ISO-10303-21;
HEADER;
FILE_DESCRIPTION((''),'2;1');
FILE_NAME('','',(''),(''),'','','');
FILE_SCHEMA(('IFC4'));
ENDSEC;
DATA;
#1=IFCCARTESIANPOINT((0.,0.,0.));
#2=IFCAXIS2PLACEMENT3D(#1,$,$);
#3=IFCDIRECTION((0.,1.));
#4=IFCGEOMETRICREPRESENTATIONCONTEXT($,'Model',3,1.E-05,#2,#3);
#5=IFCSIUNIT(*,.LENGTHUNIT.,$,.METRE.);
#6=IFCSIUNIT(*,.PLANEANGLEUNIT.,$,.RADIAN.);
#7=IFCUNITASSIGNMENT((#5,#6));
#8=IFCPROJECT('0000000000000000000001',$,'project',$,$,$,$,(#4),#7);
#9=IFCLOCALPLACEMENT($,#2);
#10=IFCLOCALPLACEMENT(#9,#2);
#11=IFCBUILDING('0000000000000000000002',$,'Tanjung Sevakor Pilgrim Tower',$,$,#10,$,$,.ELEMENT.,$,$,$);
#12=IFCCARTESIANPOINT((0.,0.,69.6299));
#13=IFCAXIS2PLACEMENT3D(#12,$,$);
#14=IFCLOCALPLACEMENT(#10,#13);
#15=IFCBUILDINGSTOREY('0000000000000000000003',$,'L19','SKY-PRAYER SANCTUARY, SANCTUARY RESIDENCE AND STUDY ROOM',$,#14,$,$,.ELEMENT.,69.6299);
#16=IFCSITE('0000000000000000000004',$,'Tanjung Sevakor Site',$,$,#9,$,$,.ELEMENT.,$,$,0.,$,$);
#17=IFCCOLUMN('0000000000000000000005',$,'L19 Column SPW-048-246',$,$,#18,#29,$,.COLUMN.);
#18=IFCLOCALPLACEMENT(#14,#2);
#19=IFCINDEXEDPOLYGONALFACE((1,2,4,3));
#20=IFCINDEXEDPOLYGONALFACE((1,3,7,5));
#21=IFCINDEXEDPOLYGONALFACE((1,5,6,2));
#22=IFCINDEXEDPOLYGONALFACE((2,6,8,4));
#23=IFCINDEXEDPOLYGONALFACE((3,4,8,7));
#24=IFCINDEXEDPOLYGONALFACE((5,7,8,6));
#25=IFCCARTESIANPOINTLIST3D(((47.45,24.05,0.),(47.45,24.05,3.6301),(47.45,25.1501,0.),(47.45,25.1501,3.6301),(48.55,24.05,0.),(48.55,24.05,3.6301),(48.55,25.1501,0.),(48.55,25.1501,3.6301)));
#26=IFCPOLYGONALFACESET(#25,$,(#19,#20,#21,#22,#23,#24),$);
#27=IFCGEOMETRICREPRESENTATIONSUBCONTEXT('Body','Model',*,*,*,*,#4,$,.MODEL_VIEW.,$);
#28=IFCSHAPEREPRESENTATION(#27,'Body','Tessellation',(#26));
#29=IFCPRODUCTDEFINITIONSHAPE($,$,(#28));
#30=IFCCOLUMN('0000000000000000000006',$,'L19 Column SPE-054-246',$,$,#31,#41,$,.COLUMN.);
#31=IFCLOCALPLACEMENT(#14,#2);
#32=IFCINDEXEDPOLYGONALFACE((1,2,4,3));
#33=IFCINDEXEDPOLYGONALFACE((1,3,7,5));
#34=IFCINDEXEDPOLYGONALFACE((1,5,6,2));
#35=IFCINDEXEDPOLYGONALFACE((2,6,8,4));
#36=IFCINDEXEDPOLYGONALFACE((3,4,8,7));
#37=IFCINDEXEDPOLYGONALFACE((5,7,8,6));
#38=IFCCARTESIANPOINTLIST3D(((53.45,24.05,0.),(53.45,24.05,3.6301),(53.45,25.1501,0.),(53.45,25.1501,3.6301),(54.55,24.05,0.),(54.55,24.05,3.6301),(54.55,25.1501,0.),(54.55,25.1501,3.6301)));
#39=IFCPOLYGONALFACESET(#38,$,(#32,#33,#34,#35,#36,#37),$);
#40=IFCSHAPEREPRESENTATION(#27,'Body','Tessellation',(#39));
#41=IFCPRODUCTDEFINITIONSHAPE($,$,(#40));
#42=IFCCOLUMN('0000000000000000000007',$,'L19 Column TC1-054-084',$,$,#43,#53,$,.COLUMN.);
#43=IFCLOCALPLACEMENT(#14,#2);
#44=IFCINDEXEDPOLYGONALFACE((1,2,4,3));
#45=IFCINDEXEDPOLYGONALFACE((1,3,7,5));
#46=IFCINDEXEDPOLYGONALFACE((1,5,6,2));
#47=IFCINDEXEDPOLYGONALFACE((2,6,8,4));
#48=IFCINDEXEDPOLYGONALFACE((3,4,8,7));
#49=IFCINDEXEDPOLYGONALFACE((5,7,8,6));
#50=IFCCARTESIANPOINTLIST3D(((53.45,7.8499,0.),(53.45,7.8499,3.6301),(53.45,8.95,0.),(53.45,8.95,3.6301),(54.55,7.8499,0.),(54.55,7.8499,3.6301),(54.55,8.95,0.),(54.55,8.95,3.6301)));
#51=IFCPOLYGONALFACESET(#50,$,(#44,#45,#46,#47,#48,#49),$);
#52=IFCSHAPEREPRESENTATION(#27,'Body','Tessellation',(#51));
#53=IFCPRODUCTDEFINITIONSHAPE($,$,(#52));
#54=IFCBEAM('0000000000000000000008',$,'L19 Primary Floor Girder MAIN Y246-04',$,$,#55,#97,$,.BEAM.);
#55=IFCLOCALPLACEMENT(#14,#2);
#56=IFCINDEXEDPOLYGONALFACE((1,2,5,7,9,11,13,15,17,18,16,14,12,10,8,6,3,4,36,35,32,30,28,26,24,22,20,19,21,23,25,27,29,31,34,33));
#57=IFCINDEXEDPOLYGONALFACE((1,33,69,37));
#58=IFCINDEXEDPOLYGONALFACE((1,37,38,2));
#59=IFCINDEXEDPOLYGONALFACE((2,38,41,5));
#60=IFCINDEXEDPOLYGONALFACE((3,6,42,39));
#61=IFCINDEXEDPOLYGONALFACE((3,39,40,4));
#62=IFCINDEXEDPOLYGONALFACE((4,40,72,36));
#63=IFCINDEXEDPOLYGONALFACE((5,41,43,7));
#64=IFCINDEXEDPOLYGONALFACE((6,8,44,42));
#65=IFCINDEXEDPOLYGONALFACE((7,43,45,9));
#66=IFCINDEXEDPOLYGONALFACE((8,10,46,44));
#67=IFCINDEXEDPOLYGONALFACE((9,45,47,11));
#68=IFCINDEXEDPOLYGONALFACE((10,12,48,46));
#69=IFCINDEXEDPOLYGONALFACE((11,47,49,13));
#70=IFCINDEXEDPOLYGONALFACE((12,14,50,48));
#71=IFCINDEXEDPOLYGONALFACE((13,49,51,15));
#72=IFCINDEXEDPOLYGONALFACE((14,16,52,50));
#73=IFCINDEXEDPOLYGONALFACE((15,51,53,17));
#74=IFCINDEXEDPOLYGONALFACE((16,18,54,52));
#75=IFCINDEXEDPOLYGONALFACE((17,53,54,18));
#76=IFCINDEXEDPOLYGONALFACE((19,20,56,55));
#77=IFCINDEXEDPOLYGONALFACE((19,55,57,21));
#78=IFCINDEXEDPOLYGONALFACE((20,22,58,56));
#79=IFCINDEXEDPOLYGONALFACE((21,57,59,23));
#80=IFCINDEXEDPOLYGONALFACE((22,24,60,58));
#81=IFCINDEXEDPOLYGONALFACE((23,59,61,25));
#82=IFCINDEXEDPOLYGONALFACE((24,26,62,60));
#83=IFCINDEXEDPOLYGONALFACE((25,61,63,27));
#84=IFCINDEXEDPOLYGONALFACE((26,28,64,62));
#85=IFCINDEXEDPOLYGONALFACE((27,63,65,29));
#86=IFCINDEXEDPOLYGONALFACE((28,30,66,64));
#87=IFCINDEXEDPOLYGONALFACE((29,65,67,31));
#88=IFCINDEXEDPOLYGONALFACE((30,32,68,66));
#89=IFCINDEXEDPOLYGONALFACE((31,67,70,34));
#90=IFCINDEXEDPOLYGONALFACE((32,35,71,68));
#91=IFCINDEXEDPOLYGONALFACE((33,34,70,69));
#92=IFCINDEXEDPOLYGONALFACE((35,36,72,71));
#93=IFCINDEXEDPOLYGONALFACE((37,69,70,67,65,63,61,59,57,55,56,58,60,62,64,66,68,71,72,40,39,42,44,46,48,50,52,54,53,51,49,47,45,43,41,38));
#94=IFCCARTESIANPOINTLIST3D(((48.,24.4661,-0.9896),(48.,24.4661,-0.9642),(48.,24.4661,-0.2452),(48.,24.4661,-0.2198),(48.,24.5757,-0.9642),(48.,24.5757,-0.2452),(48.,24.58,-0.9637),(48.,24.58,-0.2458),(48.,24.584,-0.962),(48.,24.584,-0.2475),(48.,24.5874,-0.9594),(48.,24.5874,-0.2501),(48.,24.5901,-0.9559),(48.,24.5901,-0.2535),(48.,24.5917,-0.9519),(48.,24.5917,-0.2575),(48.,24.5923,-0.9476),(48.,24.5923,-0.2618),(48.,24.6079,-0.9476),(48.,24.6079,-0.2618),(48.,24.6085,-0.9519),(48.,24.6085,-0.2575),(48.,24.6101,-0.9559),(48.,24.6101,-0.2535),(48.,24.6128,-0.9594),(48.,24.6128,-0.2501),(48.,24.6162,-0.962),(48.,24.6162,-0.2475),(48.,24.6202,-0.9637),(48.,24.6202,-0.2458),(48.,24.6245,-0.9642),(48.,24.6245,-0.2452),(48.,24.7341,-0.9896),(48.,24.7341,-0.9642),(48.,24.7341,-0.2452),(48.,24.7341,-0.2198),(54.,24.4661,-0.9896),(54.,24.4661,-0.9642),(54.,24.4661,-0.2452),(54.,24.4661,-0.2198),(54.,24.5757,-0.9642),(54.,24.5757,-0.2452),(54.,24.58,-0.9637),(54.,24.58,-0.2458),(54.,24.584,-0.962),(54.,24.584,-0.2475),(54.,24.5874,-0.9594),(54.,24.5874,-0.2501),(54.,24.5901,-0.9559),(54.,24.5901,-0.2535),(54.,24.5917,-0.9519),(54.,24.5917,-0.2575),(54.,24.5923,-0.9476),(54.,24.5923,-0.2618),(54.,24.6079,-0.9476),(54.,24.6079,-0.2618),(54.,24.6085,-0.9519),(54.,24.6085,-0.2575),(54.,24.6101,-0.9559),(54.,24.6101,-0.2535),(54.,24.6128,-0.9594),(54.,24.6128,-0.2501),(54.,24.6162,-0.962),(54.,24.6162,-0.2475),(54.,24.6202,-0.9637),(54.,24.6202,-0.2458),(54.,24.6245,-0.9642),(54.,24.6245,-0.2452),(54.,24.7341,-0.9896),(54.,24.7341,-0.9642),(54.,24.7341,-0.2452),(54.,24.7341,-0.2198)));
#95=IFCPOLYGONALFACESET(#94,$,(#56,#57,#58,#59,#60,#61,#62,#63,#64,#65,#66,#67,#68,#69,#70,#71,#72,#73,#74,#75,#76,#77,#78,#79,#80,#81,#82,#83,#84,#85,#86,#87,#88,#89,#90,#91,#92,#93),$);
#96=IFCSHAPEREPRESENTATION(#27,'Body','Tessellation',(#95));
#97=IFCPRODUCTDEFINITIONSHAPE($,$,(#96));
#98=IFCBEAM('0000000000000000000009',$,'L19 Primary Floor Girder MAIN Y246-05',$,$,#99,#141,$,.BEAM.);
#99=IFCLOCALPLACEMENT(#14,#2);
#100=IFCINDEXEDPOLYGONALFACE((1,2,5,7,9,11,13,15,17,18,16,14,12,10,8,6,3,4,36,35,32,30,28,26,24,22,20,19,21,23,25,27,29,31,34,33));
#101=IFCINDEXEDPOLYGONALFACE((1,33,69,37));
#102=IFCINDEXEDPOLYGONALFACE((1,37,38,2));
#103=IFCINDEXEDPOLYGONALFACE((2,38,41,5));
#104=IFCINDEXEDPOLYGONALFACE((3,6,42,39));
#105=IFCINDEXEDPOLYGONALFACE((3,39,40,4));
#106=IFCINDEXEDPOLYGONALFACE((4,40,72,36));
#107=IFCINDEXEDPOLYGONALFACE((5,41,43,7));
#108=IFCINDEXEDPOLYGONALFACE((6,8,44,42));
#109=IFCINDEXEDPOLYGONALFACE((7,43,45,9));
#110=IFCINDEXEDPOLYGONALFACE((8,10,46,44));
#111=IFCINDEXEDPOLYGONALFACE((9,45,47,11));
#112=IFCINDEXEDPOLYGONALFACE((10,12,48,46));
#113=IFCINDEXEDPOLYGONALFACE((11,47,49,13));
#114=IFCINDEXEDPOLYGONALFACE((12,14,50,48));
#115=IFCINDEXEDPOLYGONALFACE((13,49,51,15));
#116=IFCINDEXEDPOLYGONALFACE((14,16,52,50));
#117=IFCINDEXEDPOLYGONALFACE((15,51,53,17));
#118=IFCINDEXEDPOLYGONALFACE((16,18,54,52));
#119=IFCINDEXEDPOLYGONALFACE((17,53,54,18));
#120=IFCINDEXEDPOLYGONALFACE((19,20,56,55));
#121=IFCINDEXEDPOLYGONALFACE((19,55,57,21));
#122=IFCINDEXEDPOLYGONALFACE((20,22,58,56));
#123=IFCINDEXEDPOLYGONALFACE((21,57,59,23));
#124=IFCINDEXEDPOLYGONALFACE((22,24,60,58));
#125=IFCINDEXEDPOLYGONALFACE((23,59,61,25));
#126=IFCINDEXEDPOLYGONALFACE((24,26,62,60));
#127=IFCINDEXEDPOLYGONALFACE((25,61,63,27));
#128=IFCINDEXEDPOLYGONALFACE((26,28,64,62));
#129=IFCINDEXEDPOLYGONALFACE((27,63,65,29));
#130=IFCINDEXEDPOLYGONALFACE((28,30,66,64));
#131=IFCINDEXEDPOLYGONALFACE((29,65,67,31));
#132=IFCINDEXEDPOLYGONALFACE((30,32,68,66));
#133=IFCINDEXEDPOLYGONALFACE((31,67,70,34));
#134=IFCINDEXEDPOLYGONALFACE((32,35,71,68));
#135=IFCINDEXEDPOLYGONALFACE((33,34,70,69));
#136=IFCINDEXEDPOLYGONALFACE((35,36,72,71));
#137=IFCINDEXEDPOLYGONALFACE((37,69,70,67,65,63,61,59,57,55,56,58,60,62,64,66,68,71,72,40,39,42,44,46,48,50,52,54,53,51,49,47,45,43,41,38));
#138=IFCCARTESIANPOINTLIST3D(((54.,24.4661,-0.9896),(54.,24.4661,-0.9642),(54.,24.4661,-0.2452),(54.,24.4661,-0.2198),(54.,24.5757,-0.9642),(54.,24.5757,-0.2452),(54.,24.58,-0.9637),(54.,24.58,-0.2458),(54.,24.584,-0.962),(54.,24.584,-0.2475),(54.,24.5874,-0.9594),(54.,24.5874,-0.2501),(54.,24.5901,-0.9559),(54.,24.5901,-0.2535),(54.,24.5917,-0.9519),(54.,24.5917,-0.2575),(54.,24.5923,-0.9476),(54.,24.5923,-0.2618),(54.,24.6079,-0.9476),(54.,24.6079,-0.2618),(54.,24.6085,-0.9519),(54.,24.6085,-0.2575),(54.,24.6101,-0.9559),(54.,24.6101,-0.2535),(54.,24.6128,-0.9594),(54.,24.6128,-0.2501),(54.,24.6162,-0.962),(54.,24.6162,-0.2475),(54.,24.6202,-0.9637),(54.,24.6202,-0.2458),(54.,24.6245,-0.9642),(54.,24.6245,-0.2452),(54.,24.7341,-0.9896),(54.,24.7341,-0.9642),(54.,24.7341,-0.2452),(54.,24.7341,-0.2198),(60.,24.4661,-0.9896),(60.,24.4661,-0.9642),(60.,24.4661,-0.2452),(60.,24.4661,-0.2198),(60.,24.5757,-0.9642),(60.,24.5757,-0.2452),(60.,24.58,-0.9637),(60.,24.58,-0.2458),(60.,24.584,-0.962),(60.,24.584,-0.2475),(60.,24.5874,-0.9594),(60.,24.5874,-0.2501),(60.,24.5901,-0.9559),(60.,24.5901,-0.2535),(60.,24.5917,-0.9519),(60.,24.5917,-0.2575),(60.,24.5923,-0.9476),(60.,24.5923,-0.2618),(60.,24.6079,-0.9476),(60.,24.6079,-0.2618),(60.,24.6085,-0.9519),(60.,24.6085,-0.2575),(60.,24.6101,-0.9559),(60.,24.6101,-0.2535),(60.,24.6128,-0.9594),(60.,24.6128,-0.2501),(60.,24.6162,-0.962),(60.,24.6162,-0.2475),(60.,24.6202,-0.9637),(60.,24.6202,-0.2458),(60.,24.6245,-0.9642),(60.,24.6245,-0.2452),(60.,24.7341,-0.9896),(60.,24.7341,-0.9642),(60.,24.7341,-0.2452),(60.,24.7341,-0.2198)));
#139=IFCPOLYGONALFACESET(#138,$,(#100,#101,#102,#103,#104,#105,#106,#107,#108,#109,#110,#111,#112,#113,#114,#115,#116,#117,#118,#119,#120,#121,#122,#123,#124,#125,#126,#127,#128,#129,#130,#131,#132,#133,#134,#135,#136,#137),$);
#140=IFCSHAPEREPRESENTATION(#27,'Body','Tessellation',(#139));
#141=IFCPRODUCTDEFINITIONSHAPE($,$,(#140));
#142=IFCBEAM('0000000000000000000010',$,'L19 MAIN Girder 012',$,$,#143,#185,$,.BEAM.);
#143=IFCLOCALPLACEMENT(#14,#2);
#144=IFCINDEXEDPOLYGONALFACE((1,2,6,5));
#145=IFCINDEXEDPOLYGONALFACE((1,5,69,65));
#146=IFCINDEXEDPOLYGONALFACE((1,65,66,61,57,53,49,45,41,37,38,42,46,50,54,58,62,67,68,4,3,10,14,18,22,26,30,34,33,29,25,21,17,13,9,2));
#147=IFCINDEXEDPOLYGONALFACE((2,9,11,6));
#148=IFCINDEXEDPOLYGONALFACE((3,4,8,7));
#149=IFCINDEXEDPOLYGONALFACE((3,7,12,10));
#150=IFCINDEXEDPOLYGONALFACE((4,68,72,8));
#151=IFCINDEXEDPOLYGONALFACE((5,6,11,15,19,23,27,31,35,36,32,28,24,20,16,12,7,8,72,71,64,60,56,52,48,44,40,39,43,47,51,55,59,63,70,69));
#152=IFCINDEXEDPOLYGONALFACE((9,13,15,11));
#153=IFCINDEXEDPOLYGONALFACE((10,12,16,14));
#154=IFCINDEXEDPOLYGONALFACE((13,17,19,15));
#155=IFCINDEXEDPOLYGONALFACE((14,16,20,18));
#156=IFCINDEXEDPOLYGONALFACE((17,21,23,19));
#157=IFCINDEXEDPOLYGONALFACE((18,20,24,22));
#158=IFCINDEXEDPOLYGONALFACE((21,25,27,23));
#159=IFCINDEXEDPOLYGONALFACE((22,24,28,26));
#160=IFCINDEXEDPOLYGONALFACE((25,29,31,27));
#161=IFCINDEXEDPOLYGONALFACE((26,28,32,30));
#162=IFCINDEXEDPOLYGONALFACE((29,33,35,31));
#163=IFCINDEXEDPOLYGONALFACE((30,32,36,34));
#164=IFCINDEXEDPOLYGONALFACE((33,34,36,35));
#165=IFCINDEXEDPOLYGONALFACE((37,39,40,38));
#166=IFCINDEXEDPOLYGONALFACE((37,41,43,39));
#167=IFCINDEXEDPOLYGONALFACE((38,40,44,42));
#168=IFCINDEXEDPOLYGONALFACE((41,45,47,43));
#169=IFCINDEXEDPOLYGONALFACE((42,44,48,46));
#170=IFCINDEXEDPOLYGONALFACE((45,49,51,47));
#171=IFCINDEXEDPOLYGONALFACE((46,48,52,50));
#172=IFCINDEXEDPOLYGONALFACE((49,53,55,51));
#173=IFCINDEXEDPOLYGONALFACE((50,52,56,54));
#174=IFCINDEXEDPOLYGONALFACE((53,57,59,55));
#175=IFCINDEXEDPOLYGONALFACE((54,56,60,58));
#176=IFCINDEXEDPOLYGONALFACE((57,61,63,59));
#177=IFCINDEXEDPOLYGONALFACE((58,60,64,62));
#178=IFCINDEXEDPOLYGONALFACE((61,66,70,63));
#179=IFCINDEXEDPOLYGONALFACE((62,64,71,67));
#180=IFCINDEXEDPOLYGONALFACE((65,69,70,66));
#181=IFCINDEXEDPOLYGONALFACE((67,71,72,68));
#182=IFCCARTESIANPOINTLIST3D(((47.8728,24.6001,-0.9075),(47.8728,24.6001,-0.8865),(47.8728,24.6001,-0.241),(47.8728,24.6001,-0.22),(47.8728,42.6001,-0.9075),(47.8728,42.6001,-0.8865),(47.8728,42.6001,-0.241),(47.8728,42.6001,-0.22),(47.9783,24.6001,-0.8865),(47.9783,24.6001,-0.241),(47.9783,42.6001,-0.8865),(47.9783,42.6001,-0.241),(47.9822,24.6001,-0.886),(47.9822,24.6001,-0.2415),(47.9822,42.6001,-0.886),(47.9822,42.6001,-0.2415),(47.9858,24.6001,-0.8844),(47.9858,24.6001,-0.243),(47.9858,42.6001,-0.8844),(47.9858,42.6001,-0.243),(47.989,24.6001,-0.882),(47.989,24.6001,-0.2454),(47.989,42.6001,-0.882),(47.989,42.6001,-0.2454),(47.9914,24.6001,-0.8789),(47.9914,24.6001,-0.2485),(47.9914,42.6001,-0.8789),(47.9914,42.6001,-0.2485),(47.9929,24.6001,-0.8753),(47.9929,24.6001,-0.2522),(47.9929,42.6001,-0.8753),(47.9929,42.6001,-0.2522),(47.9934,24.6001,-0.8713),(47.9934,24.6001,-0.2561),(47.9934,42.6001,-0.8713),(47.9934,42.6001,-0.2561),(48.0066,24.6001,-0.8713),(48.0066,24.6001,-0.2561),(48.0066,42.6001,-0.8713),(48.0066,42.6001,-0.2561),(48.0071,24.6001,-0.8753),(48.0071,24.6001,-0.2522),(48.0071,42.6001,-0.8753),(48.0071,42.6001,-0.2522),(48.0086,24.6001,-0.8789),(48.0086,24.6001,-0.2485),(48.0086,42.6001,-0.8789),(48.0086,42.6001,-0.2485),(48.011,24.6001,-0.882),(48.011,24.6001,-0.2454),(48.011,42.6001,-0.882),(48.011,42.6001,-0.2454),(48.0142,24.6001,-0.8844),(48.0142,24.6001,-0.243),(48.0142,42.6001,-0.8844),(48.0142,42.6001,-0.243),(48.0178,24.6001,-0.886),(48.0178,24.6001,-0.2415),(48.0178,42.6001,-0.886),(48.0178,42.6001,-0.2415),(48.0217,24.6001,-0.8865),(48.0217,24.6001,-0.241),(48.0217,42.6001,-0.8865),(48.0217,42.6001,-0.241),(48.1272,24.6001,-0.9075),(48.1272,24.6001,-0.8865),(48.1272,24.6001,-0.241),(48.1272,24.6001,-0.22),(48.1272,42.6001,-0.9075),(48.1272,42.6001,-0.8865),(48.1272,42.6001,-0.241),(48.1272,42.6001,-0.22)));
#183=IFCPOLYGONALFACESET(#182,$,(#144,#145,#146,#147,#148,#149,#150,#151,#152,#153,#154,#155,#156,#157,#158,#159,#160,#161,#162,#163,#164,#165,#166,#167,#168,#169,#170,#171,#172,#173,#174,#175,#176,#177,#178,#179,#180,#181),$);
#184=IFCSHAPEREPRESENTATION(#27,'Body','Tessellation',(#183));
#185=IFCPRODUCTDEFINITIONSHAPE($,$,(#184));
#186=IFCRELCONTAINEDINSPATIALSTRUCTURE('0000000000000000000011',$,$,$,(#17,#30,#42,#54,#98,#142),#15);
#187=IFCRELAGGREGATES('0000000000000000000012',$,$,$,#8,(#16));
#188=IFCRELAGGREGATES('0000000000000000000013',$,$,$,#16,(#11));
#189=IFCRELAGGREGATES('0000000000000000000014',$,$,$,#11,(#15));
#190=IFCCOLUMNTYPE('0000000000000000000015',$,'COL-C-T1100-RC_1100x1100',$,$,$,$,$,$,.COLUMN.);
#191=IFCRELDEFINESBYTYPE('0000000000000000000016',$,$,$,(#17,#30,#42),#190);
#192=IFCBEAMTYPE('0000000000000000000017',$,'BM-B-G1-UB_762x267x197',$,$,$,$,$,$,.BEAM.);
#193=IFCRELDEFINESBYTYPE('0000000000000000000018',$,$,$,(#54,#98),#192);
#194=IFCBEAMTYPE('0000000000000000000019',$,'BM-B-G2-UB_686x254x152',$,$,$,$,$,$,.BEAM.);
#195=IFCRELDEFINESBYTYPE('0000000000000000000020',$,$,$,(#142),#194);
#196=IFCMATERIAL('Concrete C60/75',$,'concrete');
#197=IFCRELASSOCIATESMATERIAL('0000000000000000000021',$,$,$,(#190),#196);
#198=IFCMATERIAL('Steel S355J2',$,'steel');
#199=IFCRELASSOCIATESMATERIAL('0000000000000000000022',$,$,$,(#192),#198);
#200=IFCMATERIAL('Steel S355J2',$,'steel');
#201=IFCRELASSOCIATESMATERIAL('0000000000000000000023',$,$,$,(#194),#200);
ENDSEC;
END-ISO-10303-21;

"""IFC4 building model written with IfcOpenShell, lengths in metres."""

from ifc_helpers import new_model, si_unit, direction, frame, origin, origin_2d, place, context, subcontext, project, spatial, rectangle, i_section, extrude, material, material_profile, profile_set, type_object, element, save


model = new_model("IFC4")

# Units and contexts
model_context = context("Model", 3, precision=1e-05, world=origin(), true_north=direction((0.0, 1.0)))
body_context = subcontext(model_context, "Body", "Model", "MODEL_VIEW")
ifc_project = project(units=[si_unit("LENGTHUNIT", "METRE"), si_unit("PLANEANGLEUNIT", "RADIAN")], contexts=[model_context])

# Site, building, storey
site_placement = place(None, origin())
site = spatial("IfcSite", under=ifc_project, at=site_placement, Name="Tanjung Sevakor Site", CompositionType="ELEMENT", RefElevation=0.0)
building_placement = place(site_placement, origin())
building = spatial("IfcBuilding", under=site, at=building_placement, Name="Tanjung Sevakor Pilgrim Tower", CompositionType="ELEMENT")
storey_placement = place(building_placement, frame((0.0, 0.0, 69.6299)))
storey = spatial("IfcBuildingStorey", under=building, at=storey_placement, Name="L19", Description="SKY-PRAYER SANCTUARY, SANCTUARY RESIDENCE AND STUDY ROOM", CompositionType="ELEMENT", Elevation=69.6299)

# Columns
ifc_material_1 = material(Name="Concrete C60/75", Category="concrete")
ifc_material_profile_1 = material_profile(ifc_material_1, rectangle(XDim=1.1001, YDim=1.1001, at=origin_2d()))
ifc_profile_set_1 = profile_set([ifc_material_profile_1], Name="Concrete C60/75")
column_type = type_object("IfcColumnType", Name="COL-C-T1100-RC_1100x1100", PredefinedType="COLUMN", material=ifc_profile_set_1)
for number, where, z_axis, x_axis, name in (
    (1, (48.0, 24.6001, 0.0), (0.0, 0.0, 1.0), (1.0, 0.0, 0.0), "L19 Column SPW-048-246"),
    (2, (54.0, 24.6001, 0.0), (0.0, 0.0, 1.0), (1.0, 0.0, 0.0), "L19 Column SPE-054-246"),
    (3, (54.0, 8.3999, 0.0), (0.0, 0.0, 1.0), (1.0, 0.0, 0.0), "L19 Column TC1-054-084"),
):
    element("IfcColumn", number, at=place(storey_placement, frame(where, z_axis=z_axis, x_axis=x_axis)), inside=storey, type_object=column_type, Name=name, PredefinedType="COLUMN", context=body_context, shape_type="SweptSolid", body=[
        extrude(rectangle(XDim=1.1001, YDim=1.1001, at=origin_2d()), origin(), (0.0, 0.0, 1.0), 3.6301),
    ])

# Beams
ifc_material_2 = material(Name="Steel S355J2", Category="steel")
ifc_material_profile_2 = material_profile(ifc_material_2, i_section(OverallWidth=0.2681, OverallDepth=0.7698, WebThickness=0.0156, FlangeThickness=0.0254, FilletRadius=0.0166, at=origin_2d()))
ifc_profile_set_2 = profile_set([ifc_material_profile_2], Name="Steel S355J2")
beam_type_1 = type_object("IfcBeamType", Name="BM-B-G1-UB_762x267x197", PredefinedType="BEAM", material=ifc_profile_set_2)
for number, where, z_axis, x_axis, name in (
    (4, (48.0, 24.6001, -0.6047), (1.0, 0.0, 0.0), (0.0, 1.0, 0.0), "L19 Primary Floor Girder MAIN Y246-04"),
    (5, (54.0, 24.6001, -0.6047), (1.0, 0.0, 0.0), (0.0, 1.0, 0.0), "L19 Primary Floor Girder MAIN Y246-05"),
):
    element("IfcBeam", number, at=place(storey_placement, frame(where, z_axis=z_axis, x_axis=x_axis)), inside=storey, type_object=beam_type_1, Name=name, PredefinedType="BEAM", context=body_context, shape_type="SweptSolid", body=[
        extrude(i_section(OverallWidth=0.2681, OverallDepth=0.7698, WebThickness=0.0156, FlangeThickness=0.0254, FilletRadius=0.0166, at=origin_2d()), origin(), (0.0, 0.0, 1.0), 6.0),
    ])
ifc_material_3 = material(Name="Steel S355J2", Category="steel")
ifc_material_profile_3 = material_profile(ifc_material_3, i_section(OverallWidth=0.2544, OverallDepth=0.6875, WebThickness=0.0132, FlangeThickness=0.021, FilletRadius=0.0151, at=origin_2d()))
ifc_profile_set_3 = profile_set([ifc_material_profile_3], Name="Steel S355J2")
beam_type_2 = type_object("IfcBeamType", Name="BM-B-G2-UB_686x254x152", PredefinedType="BEAM", material=ifc_profile_set_3)
beam_1_placement = place(storey_placement, frame((48.0, 24.6001, -0.5637), z_axis=(0.0, 1.0, 0.0), x_axis=(-1.0, 0.0, 0.0)))
element("IfcBeam", 6, at=beam_1_placement, inside=storey, type_object=beam_type_2, Name="L19 MAIN Girder 012", PredefinedType="BEAM", context=body_context, shape_type="SweptSolid", body=[
    extrude(i_section(OverallWidth=0.2544, OverallDepth=0.6875, WebThickness=0.0132, FlangeThickness=0.021, FilletRadius=0.0151, at=origin_2d()), origin(), (0.0, 0.0, 1.0), 18.0),
])

save(model, "model.ifc")
